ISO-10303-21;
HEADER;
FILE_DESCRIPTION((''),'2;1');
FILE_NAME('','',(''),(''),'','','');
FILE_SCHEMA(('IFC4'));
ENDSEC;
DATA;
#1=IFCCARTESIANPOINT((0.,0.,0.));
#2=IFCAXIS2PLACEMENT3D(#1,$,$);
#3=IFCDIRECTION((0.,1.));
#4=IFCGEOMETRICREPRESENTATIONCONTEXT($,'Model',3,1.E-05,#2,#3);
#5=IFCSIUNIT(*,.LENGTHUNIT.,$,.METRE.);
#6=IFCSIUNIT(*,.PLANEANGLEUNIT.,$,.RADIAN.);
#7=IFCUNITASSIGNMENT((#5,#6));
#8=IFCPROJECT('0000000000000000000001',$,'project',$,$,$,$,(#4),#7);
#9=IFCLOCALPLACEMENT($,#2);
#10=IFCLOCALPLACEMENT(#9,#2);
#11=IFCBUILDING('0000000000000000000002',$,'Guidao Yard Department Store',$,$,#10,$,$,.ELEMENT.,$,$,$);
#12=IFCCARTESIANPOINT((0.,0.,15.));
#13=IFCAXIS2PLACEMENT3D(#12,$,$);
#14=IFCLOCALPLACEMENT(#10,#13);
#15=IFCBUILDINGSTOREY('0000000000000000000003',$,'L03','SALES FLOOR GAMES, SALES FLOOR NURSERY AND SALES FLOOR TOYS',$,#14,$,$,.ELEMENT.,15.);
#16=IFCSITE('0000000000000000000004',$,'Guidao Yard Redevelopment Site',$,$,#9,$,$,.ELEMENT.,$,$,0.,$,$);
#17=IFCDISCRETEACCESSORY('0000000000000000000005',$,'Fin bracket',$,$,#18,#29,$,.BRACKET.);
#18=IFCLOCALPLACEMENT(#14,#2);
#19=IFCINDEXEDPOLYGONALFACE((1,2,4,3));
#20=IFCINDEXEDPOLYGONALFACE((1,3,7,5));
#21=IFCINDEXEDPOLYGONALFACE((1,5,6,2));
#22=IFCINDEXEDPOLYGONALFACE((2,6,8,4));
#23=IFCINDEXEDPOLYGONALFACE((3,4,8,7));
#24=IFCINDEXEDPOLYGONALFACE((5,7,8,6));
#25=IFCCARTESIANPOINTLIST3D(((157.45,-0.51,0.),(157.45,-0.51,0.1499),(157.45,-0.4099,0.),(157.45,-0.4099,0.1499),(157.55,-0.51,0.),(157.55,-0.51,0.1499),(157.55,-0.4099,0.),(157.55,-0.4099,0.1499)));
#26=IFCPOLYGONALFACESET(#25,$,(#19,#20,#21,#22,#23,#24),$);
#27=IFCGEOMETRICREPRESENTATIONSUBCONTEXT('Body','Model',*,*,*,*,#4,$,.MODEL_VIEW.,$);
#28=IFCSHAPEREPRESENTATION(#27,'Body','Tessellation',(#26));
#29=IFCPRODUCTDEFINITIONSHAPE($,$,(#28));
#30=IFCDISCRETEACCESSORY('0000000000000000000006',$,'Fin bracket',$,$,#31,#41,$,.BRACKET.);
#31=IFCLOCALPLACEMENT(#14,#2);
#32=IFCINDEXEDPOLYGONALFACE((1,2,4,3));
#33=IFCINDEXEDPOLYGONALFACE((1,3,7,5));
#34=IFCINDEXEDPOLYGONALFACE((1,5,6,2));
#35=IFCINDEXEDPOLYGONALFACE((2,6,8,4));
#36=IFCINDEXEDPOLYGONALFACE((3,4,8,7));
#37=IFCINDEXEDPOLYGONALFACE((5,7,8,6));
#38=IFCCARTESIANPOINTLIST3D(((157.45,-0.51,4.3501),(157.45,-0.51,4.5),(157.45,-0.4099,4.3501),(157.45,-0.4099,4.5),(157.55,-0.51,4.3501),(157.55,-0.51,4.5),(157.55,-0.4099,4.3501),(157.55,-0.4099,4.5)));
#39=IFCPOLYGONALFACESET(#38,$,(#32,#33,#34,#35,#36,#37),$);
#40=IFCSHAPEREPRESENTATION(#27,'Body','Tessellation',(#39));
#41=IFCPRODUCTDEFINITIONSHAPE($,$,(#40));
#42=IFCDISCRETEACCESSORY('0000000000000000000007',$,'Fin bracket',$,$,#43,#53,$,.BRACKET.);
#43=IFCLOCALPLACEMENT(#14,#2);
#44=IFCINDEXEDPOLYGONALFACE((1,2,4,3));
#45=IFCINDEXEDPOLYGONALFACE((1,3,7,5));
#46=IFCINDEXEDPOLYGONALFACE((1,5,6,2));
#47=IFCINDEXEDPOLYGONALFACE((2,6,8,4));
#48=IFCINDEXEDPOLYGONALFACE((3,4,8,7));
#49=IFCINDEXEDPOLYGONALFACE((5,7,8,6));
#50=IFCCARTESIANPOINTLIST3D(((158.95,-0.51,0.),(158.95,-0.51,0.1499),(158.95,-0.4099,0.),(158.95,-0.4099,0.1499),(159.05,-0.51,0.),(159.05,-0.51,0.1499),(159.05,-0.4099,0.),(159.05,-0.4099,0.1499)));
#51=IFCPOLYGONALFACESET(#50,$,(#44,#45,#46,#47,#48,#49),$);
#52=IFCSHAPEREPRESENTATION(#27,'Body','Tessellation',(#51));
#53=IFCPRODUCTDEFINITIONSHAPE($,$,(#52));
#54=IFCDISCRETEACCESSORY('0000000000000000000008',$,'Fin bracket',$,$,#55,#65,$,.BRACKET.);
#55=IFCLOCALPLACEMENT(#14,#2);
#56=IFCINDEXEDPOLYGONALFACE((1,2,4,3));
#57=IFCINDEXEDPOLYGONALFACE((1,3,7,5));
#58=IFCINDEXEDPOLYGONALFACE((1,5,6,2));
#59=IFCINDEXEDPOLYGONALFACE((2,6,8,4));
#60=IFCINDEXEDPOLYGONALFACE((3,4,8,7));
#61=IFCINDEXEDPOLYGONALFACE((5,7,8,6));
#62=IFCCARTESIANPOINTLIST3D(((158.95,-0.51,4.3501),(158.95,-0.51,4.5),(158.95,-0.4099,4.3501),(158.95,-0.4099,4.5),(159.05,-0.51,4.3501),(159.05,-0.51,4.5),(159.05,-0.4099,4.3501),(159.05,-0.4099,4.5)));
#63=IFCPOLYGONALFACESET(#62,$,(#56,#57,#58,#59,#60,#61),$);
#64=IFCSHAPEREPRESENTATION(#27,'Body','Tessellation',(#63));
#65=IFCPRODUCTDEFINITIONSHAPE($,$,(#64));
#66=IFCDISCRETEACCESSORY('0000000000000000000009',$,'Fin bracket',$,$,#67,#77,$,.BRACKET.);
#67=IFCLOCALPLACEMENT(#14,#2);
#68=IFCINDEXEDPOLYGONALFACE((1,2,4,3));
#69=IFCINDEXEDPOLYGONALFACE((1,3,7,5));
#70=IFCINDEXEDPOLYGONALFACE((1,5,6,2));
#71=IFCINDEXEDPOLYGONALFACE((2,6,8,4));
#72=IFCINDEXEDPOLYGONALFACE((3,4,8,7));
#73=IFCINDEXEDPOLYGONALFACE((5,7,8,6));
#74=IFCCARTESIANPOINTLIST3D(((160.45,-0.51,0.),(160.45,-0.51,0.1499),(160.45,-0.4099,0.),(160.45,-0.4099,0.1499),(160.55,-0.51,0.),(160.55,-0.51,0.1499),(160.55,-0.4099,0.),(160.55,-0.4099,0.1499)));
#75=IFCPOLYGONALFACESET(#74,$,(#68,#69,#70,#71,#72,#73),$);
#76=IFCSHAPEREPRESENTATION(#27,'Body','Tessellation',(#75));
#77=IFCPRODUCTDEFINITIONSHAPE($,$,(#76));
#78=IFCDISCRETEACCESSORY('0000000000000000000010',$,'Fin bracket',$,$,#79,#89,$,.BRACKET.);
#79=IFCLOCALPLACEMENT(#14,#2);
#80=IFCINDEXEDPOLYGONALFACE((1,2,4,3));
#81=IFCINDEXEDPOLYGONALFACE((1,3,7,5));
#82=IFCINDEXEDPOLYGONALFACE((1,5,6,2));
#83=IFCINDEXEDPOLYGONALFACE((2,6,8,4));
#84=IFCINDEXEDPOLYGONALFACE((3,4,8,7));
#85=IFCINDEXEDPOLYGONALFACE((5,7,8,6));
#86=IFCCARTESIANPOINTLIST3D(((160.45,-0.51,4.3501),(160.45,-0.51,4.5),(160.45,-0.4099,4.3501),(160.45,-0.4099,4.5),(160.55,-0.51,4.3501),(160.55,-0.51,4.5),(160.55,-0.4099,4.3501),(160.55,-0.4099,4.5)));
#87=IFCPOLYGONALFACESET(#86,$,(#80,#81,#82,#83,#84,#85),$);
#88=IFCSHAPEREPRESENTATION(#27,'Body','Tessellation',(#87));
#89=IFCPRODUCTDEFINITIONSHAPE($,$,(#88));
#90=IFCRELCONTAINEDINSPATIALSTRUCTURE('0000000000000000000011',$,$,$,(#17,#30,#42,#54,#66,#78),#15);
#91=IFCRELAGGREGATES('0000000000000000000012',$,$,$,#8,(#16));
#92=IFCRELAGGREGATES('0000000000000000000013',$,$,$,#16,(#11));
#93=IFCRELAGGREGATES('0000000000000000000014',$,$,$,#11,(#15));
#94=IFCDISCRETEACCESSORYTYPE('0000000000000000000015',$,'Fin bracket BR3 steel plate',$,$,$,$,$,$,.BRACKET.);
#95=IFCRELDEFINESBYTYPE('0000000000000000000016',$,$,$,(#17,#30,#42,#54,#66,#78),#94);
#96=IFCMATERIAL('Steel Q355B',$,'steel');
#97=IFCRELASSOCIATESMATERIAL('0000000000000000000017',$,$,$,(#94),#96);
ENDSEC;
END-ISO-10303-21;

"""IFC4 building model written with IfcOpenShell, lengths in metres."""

from ifc_helpers import new_model, si_unit, direction, frame, origin, origin_2d, place, context, subcontext, project, spatial, rectangle, extrude, material, type_object, element, save


model = new_model("IFC4")

# Units and contexts
model_context = context("Model", 3, precision=1e-05, world=origin(), true_north=direction((0.0, 1.0)))
body_context = subcontext(model_context, "Body", "Model", "MODEL_VIEW")
ifc_project = project(units=[si_unit("LENGTHUNIT", "METRE"), si_unit("PLANEANGLEUNIT", "RADIAN")], contexts=[model_context])

# Site, building, storey
site_placement = place(None, origin())
site = spatial("IfcSite", under=ifc_project, at=site_placement, Name="Guidao Yard Redevelopment Site", CompositionType="ELEMENT", RefElevation=0.0)
building_placement = place(site_placement, origin())
building = spatial("IfcBuilding", under=site, at=building_placement, Name="Guidao Yard Department Store", CompositionType="ELEMENT")
storey_placement = place(building_placement, frame((0.0, 0.0, 15.0)))
storey = spatial("IfcBuildingStorey", under=building, at=storey_placement, Name="L03", Description="SALES FLOOR GAMES, SALES FLOOR NURSERY AND SALES FLOOR TOYS", CompositionType="ELEMENT", Elevation=15.0)

# Discrete accessories
ifc_material_1 = material(Name="Steel Q355B", Category="steel")
discrete_accessory_type = type_object("IfcDiscreteAccessoryType", Name="Fin bracket BR3 steel plate", PredefinedType="BRACKET", material=ifc_material_1)
for number, where, z_axis, x_axis, name in (
    (1, (157.5, -0.46, 0.0), (0.0, 0.0, 1.0), (-1.0, 0.0, 0.0), "Fin bracket"),
    (2, (157.5, -0.46, 4.3501), (0.0, 0.0, 1.0), (-1.0, 0.0, 0.0), "Fin bracket"),
    (3, (159.0, -0.46, 0.0), (0.0, 0.0, 1.0), (-1.0, 0.0, 0.0), "Fin bracket"),
    (4, (159.0, -0.46, 4.3501), (0.0, 0.0, 1.0), (-1.0, 0.0, 0.0), "Fin bracket"),
    (5, (160.5, -0.46, 0.0), (0.0, 0.0, 1.0), (-1.0, 0.0, 0.0), "Fin bracket"),
    (6, (160.5, -0.46, 4.3501), (0.0, 0.0, 1.0), (-1.0, 0.0, 0.0), "Fin bracket"),
):
    element("IfcDiscreteAccessory", number, at=place(storey_placement, frame(where, z_axis=z_axis, x_axis=x_axis)), inside=storey, type_object=discrete_accessory_type, Name=name, PredefinedType="BRACKET", context=body_context, shape_type="SweptSolid", body=[
        extrude(rectangle(XDim=0.1001, YDim=0.1001, at=origin_2d()), origin(), (0.0, 0.0, 1.0), 0.1499),
    ])

save(model, "model.ifc")
